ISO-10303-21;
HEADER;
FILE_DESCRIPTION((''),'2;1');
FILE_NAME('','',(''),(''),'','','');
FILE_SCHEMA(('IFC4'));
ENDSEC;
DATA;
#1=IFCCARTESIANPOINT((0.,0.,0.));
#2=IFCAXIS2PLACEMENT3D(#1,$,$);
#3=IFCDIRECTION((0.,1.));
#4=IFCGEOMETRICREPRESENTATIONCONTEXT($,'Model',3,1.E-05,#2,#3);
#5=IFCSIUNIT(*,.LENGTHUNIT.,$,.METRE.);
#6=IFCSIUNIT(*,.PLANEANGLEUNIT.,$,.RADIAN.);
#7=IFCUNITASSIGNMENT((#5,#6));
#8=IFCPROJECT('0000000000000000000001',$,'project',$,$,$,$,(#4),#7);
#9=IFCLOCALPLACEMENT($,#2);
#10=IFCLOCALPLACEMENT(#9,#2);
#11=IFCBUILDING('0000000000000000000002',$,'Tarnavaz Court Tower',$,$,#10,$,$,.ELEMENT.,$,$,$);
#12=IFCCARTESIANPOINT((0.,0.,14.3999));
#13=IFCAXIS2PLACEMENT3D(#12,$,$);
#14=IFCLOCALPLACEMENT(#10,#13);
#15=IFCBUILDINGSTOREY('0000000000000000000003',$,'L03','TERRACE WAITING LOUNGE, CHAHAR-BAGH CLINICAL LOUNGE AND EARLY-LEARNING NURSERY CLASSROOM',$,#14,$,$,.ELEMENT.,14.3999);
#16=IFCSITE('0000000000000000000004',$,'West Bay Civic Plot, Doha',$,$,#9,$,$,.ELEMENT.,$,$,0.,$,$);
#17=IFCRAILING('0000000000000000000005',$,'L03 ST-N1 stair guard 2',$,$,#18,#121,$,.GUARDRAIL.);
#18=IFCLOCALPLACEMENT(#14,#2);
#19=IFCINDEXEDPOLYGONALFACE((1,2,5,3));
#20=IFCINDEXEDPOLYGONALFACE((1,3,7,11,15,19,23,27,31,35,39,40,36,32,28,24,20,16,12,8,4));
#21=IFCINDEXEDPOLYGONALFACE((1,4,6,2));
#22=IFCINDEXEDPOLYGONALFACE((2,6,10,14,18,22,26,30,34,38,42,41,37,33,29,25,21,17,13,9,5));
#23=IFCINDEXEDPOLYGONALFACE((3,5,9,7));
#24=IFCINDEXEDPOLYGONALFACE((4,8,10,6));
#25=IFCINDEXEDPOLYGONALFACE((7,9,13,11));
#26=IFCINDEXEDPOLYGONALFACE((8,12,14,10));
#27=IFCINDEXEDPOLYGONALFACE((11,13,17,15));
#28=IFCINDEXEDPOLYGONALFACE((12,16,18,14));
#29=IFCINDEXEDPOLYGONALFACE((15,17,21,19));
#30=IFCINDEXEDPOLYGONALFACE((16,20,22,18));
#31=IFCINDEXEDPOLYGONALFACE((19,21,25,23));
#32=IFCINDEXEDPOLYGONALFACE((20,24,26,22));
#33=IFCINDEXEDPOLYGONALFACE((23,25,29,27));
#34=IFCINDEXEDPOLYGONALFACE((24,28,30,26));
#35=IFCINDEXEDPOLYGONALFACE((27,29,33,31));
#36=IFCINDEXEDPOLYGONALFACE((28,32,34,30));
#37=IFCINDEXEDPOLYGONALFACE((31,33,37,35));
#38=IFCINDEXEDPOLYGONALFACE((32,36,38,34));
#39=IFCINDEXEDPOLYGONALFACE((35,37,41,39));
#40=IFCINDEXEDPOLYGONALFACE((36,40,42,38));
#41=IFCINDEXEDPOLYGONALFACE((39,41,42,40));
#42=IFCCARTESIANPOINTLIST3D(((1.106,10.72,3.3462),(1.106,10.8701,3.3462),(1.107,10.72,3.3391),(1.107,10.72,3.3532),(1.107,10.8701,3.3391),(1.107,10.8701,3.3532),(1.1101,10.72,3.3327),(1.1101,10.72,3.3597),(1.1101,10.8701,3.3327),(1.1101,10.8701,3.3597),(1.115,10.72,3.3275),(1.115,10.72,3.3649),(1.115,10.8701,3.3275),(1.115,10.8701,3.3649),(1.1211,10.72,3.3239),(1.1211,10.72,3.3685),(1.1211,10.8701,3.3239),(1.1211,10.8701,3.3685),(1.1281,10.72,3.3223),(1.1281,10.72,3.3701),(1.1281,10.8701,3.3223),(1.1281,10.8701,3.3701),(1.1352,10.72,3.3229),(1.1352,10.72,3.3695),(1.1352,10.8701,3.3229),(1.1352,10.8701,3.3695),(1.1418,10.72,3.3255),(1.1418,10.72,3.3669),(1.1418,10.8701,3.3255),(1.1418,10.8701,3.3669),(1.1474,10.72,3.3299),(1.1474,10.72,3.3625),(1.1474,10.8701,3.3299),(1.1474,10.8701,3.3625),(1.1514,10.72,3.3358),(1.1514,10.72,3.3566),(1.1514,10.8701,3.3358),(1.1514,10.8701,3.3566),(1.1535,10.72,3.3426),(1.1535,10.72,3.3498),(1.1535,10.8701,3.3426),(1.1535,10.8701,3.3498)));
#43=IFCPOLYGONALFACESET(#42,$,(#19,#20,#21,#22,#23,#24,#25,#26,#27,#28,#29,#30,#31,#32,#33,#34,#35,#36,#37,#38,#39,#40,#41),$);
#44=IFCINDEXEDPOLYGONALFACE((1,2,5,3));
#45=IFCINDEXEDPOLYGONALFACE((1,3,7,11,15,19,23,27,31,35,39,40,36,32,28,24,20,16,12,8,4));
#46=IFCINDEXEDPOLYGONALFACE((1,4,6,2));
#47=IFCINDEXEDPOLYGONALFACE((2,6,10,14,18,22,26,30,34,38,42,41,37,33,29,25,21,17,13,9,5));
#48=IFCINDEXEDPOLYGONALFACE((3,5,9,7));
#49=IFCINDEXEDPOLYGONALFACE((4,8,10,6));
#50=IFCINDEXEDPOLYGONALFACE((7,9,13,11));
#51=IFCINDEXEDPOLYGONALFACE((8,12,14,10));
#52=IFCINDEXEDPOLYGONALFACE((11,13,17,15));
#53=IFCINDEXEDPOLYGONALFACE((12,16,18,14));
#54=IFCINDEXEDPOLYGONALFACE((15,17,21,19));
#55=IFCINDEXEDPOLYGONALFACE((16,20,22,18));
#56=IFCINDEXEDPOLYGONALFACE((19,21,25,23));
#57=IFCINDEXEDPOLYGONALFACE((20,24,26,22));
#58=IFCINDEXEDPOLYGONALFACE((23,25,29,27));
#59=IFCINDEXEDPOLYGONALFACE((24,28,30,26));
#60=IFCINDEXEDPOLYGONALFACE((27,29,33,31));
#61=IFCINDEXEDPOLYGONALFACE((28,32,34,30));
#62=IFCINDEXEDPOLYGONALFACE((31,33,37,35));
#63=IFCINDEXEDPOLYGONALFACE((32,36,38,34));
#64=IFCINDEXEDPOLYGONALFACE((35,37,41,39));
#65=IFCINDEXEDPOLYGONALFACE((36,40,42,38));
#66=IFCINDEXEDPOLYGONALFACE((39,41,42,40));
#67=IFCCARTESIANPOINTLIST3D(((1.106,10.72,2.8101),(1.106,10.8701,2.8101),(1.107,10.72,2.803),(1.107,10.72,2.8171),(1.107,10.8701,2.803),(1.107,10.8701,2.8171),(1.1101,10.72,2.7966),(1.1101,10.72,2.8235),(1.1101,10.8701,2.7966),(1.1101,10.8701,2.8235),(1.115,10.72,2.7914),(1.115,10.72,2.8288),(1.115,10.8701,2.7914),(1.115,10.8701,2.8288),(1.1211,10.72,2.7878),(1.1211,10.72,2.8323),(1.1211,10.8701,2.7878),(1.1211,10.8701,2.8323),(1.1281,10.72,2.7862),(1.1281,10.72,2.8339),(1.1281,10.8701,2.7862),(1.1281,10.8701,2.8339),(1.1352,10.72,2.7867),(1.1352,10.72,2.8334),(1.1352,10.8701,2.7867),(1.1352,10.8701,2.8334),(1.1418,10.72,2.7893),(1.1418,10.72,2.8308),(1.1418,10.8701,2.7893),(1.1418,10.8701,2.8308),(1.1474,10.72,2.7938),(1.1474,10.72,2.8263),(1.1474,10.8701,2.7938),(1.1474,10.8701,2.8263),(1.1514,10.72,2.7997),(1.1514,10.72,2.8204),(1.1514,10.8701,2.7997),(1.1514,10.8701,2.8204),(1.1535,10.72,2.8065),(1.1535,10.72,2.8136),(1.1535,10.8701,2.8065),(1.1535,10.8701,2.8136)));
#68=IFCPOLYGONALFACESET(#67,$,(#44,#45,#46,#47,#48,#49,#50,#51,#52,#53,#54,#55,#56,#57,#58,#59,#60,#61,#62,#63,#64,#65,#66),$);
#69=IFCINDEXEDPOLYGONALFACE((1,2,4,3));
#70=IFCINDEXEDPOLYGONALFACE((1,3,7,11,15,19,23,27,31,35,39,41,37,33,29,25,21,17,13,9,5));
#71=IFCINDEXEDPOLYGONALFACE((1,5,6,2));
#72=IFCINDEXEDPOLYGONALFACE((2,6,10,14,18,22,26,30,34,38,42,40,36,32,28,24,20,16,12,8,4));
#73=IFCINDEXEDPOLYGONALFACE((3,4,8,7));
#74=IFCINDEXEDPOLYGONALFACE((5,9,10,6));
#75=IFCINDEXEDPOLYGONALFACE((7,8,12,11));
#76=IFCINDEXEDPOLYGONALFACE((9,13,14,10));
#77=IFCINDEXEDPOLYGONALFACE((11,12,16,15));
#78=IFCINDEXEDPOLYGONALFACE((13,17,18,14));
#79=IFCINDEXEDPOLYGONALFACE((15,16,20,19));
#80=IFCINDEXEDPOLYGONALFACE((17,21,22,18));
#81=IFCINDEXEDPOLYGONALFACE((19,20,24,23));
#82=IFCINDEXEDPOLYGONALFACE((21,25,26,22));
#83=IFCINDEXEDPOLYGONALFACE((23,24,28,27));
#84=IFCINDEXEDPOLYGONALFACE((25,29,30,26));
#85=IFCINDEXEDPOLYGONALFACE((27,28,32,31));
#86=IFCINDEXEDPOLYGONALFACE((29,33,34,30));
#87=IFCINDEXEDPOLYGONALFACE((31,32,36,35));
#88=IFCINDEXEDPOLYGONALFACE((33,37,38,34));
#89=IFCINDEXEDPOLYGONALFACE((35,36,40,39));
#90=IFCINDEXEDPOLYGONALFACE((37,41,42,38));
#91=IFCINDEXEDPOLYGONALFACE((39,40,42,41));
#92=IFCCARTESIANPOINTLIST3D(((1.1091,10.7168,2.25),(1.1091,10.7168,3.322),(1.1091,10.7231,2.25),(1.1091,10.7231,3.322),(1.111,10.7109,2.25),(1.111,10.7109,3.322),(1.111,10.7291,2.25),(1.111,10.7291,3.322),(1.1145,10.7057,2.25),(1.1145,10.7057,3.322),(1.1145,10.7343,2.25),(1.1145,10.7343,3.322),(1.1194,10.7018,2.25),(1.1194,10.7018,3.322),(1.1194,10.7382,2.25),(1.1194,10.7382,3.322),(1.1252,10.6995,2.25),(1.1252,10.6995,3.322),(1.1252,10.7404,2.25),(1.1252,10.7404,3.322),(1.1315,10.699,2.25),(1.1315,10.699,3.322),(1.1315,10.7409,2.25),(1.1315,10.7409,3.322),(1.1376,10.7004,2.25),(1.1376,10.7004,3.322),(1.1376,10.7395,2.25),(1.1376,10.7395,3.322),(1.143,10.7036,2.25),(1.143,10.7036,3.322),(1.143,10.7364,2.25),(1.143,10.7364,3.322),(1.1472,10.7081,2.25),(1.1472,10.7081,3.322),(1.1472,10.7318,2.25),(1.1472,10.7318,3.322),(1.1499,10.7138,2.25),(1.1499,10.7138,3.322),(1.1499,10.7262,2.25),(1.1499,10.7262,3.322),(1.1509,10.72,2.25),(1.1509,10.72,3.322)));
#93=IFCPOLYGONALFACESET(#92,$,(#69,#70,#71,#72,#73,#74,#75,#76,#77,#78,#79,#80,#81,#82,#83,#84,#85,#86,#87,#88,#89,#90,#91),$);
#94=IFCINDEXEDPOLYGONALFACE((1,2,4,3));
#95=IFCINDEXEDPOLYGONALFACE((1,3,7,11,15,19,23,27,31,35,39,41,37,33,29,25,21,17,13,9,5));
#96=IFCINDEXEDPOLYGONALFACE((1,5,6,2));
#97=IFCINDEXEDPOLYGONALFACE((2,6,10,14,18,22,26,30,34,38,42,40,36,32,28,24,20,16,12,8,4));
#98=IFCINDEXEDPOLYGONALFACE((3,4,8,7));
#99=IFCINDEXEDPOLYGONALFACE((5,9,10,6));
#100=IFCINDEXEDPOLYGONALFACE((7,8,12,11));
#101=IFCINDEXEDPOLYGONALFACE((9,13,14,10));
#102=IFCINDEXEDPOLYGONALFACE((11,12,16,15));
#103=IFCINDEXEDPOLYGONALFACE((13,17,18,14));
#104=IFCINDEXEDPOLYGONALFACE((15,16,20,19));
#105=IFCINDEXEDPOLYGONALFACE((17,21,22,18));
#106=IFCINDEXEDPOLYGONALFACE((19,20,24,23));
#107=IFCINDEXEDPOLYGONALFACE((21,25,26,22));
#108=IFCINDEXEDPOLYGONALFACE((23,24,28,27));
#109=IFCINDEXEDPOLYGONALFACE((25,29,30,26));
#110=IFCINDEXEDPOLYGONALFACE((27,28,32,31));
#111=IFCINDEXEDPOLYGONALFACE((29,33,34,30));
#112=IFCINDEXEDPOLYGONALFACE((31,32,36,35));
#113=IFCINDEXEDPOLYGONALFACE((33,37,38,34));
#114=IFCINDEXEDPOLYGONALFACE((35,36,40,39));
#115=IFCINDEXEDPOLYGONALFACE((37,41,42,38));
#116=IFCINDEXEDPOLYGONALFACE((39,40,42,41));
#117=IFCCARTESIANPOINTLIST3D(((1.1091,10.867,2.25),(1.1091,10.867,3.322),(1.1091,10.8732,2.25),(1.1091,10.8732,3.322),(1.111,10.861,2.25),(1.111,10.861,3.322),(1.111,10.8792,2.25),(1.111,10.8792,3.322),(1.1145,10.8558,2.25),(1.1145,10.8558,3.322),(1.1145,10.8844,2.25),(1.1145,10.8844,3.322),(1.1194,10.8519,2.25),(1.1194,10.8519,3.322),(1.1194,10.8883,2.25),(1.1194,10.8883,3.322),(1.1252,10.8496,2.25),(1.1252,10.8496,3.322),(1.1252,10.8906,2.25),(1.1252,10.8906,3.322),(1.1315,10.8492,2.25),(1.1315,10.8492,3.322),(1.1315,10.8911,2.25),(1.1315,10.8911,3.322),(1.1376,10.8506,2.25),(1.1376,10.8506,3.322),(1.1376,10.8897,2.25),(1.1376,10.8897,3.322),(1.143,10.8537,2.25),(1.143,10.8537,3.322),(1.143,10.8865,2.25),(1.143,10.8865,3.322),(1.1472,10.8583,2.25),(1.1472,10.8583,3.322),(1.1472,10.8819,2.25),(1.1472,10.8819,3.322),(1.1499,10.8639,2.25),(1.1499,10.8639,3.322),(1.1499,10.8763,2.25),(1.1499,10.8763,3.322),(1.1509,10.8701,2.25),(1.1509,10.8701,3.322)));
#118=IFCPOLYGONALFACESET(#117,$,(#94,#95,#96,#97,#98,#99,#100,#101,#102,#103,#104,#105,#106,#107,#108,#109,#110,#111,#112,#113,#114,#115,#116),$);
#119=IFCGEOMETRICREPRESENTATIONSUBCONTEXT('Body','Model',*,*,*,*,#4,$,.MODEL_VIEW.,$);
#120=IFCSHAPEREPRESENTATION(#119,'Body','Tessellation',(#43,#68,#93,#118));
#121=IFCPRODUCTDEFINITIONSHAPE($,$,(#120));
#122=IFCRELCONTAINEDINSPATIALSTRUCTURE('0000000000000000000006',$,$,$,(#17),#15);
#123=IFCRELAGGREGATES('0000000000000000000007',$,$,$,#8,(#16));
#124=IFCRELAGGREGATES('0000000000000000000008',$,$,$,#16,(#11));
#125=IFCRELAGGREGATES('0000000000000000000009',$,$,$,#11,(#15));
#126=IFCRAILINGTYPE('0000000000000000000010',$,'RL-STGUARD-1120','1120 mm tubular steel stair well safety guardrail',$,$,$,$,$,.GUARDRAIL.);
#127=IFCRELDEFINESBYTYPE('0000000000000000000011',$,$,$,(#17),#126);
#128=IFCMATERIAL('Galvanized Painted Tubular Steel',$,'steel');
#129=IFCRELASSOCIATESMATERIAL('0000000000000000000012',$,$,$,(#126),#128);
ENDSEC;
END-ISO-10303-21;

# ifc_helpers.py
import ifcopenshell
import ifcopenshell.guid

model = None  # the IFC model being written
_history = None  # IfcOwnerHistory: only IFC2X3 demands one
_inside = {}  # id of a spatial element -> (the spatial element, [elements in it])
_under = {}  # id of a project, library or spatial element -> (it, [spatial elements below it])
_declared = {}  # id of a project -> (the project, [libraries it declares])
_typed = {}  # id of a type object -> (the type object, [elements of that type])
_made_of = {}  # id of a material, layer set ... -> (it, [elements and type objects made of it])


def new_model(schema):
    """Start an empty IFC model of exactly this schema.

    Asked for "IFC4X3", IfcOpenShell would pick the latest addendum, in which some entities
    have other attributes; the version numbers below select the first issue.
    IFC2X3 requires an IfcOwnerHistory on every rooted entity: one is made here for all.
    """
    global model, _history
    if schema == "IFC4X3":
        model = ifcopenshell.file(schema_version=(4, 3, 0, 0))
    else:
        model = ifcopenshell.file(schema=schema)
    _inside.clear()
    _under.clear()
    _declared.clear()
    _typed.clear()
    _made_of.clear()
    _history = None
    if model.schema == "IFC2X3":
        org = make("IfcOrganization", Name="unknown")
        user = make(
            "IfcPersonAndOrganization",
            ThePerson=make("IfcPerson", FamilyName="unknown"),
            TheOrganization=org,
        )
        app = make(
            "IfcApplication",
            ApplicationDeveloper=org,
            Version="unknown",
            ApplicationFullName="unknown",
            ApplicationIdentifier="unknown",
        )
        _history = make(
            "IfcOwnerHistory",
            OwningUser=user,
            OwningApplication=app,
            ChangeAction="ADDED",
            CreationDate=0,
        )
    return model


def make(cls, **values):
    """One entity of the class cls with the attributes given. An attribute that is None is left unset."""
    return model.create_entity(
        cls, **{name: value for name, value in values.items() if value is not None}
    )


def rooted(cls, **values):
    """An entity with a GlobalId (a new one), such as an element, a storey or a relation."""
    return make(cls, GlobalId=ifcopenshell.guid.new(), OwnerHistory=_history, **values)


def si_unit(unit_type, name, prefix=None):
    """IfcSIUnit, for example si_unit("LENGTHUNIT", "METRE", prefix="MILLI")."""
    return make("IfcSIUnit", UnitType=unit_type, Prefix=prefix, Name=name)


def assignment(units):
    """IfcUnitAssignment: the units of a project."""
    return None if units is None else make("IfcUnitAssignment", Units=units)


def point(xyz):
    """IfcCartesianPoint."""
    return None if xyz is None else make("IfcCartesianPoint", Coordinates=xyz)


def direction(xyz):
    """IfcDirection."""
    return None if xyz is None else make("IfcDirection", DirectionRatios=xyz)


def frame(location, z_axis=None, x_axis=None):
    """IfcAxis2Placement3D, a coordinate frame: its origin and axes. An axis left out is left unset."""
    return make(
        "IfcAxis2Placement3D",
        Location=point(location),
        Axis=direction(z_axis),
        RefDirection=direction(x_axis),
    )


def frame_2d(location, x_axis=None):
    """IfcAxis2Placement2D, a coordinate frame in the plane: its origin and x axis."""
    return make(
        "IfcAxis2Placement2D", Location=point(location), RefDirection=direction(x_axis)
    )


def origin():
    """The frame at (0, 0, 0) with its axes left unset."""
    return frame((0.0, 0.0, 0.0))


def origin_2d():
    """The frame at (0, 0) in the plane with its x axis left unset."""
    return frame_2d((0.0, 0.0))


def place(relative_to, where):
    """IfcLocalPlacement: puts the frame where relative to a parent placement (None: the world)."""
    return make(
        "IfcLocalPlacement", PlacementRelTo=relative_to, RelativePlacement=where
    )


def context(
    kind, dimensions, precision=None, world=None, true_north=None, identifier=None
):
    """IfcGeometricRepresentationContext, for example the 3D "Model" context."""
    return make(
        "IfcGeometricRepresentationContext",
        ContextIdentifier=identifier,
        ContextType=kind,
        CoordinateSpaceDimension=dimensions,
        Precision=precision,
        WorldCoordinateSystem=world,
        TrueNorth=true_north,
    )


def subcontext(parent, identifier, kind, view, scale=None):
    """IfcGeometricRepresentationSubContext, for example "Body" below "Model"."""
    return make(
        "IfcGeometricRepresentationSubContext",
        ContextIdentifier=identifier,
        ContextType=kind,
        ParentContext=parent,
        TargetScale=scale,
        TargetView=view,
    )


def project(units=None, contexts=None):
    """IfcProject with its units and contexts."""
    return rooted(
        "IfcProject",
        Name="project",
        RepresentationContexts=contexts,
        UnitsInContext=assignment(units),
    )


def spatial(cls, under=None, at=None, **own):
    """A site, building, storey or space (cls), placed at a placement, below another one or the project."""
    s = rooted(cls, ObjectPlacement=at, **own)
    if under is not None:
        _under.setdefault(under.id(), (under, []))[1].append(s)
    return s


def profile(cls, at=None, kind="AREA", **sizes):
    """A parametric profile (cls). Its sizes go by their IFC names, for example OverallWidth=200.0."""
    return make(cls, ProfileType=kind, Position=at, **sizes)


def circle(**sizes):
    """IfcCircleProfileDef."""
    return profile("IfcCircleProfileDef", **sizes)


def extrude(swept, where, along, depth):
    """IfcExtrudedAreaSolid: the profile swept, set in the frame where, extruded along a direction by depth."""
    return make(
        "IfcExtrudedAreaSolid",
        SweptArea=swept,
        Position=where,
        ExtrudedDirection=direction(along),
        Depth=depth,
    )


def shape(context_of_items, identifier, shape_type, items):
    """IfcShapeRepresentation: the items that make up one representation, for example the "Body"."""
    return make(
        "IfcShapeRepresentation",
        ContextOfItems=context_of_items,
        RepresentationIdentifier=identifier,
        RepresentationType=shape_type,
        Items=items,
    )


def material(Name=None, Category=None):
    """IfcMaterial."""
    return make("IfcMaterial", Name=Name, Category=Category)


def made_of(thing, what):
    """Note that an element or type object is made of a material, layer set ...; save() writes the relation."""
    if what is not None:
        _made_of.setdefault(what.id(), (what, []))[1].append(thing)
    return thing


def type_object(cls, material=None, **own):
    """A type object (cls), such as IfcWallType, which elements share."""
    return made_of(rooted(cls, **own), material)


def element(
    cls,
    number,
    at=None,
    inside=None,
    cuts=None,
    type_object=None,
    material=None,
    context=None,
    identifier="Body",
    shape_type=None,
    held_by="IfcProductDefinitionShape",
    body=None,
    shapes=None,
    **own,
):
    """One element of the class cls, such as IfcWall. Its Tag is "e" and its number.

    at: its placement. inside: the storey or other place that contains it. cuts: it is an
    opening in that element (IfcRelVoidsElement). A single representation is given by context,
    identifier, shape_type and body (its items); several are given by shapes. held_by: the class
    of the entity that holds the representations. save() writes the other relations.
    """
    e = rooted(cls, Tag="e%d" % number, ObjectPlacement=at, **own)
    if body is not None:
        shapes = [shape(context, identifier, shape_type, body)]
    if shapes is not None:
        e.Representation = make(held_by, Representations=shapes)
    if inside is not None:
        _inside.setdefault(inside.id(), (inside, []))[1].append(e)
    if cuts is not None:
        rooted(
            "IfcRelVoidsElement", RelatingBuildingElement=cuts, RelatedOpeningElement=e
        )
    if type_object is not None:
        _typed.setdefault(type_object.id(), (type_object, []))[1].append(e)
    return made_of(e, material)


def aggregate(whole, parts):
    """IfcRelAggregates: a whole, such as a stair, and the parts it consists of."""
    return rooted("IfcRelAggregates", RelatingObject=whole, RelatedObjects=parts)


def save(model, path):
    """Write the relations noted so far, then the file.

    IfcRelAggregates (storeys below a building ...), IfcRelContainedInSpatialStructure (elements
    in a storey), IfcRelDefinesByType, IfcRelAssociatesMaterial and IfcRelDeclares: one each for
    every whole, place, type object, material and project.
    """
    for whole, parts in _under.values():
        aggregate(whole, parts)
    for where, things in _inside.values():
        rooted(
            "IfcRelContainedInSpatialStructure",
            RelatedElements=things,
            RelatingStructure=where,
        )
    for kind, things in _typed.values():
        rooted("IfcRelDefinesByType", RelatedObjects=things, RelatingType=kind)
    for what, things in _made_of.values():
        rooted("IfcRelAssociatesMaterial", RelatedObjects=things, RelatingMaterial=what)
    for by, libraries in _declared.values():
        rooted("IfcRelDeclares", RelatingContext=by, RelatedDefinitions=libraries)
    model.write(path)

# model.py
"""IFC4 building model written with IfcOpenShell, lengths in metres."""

from ifc_helpers import new_model, si_unit, direction, frame, origin, origin_2d, place, context, subcontext, project, spatial, circle, extrude, material, type_object, element, save


model = new_model("IFC4")

# Units and contexts
model_context = context("Model", 3, precision=1e-05, world=origin(), true_north=direction((0.0, 1.0)))
body_context = subcontext(model_context, "Body", "Model", "MODEL_VIEW")
ifc_project = project(units=[si_unit("LENGTHUNIT", "METRE"), si_unit("PLANEANGLEUNIT", "RADIAN")], contexts=[model_context])

# Site, building, storey
site_placement = place(None, origin())
site = spatial("IfcSite", under=ifc_project, at=site_placement, Name="West Bay Civic Plot, Doha", CompositionType="ELEMENT", RefElevation=0.0)
building_placement = place(site_placement, origin())
building = spatial("IfcBuilding", under=site, at=building_placement, Name="Tarnavaz Court Tower", CompositionType="ELEMENT")
storey_placement = place(building_placement, frame((0.0, 0.0, 14.3999)))
storey = spatial("IfcBuildingStorey", under=building, at=storey_placement, Name="L03", Description="TERRACE WAITING LOUNGE, CHAHAR-BAGH CLINICAL LOUNGE AND EARLY-LEARNING NURSERY CLASSROOM", CompositionType="ELEMENT", Elevation=14.3999)

# Railing
ifc_material_1 = material(Name="Galvanized Painted Tubular Steel", Category="steel")
railing_type_1 = type_object("IfcRailingType", Name="RL-STGUARD-1120", Description="1120 mm tubular steel stair well safety guardrail", PredefinedType="GUARDRAIL", material=ifc_material_1)
railing_1_placement = place(storey_placement, frame((1.1299, 10.72, 2.25)))
element("IfcRailing", 1, at=railing_1_placement, inside=storey, type_object=railing_type_1, Name="L03 ST-N1 stair guard 2", PredefinedType="GUARDRAIL", context=body_context, shape_type="SweptSolid", body=[
    extrude(circle(Radius=0.0239, at=origin_2d()), frame((0.0, 0.0, 1.0962), z_axis=(0.0, 1.0, 0.0), x_axis=(-1.0, 0.0, 0.0)), (0.0, 0.0, 1.0), 0.1501),
    extrude(circle(Radius=0.0239, at=origin_2d()), frame((0.0, 0.0, 0.5601), z_axis=(0.0, 1.0, 0.0), x_axis=(-1.0, 0.0, 0.0)), (0.0, 0.0, 1.0), 0.1501),
    extrude(circle(Radius=0.021, at=origin_2d()), origin(), (0.0, 0.0, 1.0), 1.072),
    extrude(circle(Radius=0.021, at=origin_2d()), frame((0.0, 0.1501, 0.0)), (0.0, 0.0, 1.0), 1.072),
])

save(model, "model.ifc")
